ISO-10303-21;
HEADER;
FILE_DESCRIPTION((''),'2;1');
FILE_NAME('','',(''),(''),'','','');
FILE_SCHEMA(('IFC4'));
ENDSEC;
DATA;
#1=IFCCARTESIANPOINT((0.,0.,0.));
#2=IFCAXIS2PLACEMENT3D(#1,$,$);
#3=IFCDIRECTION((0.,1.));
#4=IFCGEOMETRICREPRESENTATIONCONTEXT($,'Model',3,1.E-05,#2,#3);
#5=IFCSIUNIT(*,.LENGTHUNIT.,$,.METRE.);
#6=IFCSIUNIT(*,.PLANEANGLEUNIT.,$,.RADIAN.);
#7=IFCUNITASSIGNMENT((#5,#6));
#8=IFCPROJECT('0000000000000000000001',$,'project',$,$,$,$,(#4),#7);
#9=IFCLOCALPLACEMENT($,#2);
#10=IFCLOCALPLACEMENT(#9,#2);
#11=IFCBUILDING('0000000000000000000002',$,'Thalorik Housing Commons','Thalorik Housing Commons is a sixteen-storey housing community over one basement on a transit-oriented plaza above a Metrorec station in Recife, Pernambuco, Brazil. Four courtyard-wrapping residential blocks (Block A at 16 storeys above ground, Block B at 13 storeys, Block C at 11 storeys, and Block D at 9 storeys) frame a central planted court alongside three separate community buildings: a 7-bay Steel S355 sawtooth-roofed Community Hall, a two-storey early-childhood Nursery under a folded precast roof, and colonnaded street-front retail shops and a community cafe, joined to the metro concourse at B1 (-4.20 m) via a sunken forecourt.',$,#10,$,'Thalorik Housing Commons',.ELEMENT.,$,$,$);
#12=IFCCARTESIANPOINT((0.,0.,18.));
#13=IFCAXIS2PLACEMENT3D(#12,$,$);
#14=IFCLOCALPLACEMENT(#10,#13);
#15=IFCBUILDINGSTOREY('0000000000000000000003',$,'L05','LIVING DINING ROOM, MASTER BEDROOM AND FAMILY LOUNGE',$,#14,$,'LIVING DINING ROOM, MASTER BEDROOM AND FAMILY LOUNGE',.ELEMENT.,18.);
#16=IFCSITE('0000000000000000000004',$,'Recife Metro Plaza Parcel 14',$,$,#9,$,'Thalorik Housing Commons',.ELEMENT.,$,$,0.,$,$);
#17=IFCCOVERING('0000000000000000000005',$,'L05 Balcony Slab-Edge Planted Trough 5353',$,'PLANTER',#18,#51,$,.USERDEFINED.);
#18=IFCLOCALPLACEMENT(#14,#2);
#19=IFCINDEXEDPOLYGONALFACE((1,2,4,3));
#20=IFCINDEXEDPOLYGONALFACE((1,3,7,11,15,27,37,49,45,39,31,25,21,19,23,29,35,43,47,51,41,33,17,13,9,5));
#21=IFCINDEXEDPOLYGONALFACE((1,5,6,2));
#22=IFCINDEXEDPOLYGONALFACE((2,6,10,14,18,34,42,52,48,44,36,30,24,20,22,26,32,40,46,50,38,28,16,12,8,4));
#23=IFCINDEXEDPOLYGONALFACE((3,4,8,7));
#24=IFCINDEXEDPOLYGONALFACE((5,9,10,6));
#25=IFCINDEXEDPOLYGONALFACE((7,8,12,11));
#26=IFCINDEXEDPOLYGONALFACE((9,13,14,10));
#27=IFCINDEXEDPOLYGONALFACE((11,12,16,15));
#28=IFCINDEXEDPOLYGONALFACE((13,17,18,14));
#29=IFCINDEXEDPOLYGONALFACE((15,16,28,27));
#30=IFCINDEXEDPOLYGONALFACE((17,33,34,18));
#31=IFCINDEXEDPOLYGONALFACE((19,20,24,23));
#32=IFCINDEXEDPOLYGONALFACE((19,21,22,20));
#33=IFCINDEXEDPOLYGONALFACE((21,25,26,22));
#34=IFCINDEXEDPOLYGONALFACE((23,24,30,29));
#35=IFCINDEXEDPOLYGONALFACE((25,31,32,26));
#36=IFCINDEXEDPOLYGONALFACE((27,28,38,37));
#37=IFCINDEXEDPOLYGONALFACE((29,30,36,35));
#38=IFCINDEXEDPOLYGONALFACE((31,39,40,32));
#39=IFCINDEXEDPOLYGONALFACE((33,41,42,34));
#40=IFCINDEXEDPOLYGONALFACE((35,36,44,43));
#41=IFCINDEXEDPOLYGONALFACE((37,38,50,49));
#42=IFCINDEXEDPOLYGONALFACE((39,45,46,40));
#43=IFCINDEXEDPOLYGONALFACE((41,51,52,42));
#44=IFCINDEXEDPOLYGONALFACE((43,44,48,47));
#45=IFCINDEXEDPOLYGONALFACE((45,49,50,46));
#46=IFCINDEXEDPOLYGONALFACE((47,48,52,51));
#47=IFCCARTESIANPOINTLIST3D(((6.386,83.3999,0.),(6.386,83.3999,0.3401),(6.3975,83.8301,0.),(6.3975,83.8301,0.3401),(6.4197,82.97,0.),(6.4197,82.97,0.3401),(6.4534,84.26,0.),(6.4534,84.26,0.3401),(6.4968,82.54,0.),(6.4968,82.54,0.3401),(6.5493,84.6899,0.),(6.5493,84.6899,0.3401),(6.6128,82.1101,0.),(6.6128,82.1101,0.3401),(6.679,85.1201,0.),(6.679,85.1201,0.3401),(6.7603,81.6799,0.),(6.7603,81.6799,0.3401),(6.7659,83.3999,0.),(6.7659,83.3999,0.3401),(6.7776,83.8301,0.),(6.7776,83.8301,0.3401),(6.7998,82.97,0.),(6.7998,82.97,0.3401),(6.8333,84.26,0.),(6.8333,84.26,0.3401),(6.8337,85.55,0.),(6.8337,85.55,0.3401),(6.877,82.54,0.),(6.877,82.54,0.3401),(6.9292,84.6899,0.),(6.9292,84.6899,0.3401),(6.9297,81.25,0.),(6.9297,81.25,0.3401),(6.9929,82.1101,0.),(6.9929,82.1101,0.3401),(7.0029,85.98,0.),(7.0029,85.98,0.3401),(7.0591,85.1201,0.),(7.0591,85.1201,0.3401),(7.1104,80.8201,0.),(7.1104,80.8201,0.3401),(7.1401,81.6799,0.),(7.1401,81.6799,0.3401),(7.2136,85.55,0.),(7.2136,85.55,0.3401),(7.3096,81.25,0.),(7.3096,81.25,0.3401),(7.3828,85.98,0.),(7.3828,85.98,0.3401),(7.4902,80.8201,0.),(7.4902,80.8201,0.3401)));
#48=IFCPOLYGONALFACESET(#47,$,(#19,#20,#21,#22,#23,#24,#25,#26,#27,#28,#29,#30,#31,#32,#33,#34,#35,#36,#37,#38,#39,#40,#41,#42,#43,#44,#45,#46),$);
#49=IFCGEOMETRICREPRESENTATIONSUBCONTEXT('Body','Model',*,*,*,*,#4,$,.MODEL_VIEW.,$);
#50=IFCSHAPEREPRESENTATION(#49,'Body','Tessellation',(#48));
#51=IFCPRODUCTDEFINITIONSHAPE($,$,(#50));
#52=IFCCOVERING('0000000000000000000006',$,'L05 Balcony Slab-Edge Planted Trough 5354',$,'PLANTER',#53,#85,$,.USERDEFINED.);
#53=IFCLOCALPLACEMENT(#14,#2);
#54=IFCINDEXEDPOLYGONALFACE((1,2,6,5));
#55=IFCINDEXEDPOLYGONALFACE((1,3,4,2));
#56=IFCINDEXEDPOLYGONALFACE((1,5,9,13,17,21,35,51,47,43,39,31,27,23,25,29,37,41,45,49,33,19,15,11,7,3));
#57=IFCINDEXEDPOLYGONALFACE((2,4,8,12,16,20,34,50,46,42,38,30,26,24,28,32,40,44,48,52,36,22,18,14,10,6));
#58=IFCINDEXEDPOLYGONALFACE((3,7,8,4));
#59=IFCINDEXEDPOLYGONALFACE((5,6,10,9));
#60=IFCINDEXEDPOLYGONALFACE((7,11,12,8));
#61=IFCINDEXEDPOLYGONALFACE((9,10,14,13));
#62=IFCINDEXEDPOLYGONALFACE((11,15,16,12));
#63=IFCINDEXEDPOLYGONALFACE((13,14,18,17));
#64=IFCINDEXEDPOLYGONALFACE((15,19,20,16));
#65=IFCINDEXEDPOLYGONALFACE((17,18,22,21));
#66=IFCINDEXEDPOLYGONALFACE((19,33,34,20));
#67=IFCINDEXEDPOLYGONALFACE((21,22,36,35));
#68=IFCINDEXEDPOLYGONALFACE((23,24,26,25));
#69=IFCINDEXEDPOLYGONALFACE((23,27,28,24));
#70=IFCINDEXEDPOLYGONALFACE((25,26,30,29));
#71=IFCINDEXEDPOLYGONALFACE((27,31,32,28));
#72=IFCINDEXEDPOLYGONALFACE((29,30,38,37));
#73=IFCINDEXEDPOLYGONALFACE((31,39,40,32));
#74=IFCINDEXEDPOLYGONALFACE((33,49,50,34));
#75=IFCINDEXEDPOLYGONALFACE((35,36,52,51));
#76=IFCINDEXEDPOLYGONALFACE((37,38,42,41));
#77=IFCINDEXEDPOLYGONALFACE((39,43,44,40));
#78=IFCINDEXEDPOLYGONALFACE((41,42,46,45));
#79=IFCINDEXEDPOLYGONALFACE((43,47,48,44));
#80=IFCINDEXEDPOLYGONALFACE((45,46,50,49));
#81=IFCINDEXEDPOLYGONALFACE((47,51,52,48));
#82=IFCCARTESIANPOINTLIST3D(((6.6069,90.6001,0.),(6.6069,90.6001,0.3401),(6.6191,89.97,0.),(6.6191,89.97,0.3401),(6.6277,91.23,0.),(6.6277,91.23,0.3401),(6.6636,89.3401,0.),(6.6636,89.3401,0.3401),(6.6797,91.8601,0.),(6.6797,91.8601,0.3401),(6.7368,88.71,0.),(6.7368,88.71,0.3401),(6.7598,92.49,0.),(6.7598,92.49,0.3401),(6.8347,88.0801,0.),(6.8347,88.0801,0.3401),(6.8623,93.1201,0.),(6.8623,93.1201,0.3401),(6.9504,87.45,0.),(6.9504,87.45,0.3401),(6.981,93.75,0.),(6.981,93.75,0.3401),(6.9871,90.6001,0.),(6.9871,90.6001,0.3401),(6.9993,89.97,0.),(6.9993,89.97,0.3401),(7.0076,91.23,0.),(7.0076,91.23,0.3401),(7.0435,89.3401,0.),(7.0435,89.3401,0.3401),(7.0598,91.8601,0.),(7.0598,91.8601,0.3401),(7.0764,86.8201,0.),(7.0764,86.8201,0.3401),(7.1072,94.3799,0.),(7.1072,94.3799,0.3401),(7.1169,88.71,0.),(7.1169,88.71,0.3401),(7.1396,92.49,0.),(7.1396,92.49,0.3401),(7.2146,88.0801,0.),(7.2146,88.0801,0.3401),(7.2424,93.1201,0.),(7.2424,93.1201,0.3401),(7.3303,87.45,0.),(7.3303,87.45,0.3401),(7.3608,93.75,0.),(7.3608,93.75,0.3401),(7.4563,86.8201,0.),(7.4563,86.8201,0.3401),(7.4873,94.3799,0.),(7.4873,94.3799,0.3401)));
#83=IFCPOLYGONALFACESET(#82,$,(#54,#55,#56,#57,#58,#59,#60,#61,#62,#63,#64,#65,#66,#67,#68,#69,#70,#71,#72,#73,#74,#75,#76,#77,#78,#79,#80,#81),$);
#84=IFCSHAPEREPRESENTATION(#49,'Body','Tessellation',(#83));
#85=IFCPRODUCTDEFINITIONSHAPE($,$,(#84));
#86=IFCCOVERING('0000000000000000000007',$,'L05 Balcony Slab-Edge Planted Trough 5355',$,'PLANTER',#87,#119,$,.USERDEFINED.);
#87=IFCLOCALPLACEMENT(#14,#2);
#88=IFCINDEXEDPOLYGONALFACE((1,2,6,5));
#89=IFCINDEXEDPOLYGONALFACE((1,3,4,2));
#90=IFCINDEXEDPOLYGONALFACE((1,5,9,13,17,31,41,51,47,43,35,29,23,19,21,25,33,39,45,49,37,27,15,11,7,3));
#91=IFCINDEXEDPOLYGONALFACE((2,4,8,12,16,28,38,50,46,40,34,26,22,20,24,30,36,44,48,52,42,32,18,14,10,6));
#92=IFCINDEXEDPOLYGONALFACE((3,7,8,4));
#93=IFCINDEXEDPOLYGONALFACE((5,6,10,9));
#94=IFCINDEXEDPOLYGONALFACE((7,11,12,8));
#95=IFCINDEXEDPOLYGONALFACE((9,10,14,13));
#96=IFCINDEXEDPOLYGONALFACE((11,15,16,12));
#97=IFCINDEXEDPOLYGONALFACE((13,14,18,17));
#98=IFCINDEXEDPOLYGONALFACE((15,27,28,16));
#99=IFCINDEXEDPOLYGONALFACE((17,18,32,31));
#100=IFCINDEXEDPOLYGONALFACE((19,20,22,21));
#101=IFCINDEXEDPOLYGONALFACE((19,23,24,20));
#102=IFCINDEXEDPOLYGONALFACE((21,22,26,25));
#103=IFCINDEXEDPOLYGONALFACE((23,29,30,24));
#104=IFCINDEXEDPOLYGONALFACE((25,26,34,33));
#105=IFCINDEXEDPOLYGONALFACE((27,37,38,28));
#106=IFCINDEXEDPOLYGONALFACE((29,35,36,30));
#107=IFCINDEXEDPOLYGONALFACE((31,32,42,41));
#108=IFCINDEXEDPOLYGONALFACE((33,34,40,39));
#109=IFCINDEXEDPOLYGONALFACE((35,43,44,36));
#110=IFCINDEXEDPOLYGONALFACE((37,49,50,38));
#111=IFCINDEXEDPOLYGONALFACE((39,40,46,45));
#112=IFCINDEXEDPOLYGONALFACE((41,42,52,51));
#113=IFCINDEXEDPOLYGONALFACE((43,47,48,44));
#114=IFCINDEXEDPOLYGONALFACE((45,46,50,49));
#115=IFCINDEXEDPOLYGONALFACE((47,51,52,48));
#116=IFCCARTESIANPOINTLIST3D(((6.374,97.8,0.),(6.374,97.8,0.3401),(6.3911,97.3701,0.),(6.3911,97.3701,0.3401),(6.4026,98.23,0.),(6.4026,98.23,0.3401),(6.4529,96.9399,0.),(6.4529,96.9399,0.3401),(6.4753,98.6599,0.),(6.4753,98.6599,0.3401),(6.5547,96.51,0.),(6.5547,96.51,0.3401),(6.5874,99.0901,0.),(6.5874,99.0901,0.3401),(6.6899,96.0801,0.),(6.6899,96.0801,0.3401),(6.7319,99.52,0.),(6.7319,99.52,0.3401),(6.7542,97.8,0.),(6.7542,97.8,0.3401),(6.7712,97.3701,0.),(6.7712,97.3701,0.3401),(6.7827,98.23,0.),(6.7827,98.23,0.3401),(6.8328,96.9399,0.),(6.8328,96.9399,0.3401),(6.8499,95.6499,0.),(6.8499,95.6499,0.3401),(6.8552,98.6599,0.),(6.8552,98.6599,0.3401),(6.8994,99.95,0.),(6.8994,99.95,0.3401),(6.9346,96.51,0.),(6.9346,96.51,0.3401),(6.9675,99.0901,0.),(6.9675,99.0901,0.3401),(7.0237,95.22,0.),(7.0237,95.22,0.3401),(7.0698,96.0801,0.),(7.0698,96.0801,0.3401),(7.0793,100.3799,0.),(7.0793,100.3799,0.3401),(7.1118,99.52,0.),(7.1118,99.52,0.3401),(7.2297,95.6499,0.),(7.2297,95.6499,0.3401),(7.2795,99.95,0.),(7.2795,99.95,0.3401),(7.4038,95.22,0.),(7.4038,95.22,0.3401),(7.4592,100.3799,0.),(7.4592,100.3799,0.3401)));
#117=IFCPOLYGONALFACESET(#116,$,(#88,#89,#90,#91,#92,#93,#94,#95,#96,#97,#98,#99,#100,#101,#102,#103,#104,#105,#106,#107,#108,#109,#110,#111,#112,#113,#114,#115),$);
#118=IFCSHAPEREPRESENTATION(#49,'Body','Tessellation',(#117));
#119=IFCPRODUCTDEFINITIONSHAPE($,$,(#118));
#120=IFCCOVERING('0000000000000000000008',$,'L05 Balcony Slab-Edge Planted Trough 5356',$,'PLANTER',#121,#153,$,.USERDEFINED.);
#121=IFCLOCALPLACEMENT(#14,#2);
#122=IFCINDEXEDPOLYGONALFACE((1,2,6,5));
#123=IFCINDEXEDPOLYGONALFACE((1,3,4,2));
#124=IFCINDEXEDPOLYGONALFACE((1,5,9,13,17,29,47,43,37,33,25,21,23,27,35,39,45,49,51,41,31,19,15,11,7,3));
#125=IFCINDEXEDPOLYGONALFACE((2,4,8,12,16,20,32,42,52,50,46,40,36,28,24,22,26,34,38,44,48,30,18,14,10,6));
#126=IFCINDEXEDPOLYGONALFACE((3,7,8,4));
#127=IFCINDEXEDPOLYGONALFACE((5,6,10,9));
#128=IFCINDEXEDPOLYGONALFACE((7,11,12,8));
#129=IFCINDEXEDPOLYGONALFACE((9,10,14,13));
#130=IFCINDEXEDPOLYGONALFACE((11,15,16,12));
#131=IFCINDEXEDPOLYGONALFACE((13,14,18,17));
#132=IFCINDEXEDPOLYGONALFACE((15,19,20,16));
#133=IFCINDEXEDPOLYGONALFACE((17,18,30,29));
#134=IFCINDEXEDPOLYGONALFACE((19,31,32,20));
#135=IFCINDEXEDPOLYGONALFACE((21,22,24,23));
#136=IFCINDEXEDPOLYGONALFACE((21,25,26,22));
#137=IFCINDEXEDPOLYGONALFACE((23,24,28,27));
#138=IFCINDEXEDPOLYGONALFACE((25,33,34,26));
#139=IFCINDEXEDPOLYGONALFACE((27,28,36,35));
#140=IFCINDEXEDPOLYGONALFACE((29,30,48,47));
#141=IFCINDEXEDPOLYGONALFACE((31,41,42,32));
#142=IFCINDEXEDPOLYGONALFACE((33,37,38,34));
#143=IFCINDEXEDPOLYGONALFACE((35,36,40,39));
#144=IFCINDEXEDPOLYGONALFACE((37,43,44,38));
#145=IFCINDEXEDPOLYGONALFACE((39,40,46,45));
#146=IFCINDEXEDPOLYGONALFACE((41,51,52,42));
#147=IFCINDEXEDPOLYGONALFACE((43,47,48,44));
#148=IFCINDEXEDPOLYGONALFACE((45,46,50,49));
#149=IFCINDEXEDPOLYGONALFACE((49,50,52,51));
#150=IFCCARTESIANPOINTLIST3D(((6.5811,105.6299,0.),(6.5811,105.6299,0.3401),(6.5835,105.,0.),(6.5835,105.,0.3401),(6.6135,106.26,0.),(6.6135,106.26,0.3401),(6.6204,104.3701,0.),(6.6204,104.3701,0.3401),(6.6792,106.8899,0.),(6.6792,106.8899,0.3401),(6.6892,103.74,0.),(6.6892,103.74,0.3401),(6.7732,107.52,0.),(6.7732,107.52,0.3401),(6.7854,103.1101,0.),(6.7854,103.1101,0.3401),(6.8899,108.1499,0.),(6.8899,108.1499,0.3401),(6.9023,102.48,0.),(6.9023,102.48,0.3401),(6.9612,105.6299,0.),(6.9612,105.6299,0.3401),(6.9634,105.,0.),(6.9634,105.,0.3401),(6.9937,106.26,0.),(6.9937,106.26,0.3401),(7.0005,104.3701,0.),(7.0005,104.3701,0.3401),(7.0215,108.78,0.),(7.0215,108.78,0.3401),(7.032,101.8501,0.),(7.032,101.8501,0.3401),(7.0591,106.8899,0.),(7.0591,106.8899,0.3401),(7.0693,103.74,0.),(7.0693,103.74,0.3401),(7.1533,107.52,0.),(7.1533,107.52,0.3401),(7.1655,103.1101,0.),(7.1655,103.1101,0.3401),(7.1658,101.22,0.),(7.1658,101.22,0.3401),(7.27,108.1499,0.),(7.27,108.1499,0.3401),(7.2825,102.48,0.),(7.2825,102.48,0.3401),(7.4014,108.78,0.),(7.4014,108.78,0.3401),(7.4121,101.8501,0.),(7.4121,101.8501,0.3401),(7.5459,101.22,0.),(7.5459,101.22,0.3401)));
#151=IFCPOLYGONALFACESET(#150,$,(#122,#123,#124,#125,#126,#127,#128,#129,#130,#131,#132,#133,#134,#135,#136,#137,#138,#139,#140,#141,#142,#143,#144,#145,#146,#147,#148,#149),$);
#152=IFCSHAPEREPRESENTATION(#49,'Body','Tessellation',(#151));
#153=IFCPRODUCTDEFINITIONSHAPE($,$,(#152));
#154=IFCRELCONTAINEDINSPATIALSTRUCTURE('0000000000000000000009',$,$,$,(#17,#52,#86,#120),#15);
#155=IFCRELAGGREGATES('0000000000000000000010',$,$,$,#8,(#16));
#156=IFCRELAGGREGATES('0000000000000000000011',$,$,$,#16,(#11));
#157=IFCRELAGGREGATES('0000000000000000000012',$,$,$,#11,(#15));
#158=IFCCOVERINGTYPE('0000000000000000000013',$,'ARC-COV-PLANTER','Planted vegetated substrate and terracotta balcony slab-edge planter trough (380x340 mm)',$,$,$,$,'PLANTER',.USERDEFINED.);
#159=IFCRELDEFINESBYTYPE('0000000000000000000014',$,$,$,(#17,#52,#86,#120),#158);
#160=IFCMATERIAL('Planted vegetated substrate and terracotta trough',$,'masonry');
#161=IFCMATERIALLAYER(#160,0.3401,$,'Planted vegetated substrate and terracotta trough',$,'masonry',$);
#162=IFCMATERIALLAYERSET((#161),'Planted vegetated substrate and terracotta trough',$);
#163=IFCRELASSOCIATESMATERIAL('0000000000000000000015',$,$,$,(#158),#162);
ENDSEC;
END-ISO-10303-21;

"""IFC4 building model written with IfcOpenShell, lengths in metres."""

from ifc_helpers import new_model, si_unit, direction, frame, origin, place, context, subcontext, project, spatial, polyline, outline, extrude, material, layer, layer_set, type_object, element, save


model = new_model("IFC4")

# Units and contexts
model_context = context("Model", 3, precision=1e-05, world=origin(), true_north=direction((0.0, 1.0)))
body_context = subcontext(model_context, "Body", "Model", "MODEL_VIEW")
ifc_project = project(units=[si_unit("LENGTHUNIT", "METRE"), si_unit("PLANEANGLEUNIT", "RADIAN")], contexts=[model_context])

# Site, building, storey
site_placement = place(None, origin())
site = spatial("IfcSite", under=ifc_project, at=site_placement, Name="Recife Metro Plaza Parcel 14", LongName="Thalorik Housing Commons", CompositionType="ELEMENT", RefElevation=0.0)
building_placement = place(site_placement, origin())
building = spatial("IfcBuilding", under=site, at=building_placement, Name="Thalorik Housing Commons", Description="Thalorik Housing Commons is a sixteen-storey housing community over one basement on a transit-oriented plaza above a Metrorec station in Recife, Pernambuco, Brazil. Four courtyard-wrapping residential blocks (Block A at 16 storeys above ground, Block B at 13 storeys, Block C at 11 storeys, and Block D at 9 storeys) frame a central planted court alongside three separate community buildings: a 7-bay Steel S355 sawtooth-roofed Community Hall, a two-storey early-childhood Nursery under a folded precast roof, and colonnaded street-front retail shops and a community cafe, joined to the metro concourse at B1 (-4.20 m) via a sunken forecourt.", LongName="Thalorik Housing Commons", CompositionType="ELEMENT")
storey_placement = place(building_placement, frame((0.0, 0.0, 18.0)))
storey = spatial("IfcBuildingStorey", under=building, at=storey_placement, Name="L05", Description="LIVING DINING ROOM, MASTER BEDROOM AND FAMILY LOUNGE", LongName="LIVING DINING ROOM, MASTER BEDROOM AND FAMILY LOUNGE", CompositionType="ELEMENT", Elevation=18.0)

# Coverings
ifc_material = material(Name="Planted vegetated substrate and terracotta trough", Category="masonry")
ifc_layer = layer(ifc_material, 0.3401, Name="Planted vegetated substrate and terracotta trough", Category="masonry")
ifc_layer_set = layer_set([ifc_layer], Name="Planted vegetated substrate and terracotta trough")
covering_type = type_object("IfcCoveringType", Name="ARC-COV-PLANTER", Description="Planted vegetated substrate and terracotta balcony slab-edge planter trough (380x340 mm)", ElementType="PLANTER", PredefinedType="USERDEFINED", material=ifc_layer_set)
covering_1_placement = place(storey_placement, origin())
element("IfcCovering", 1, at=covering_1_placement, inside=storey, type_object=covering_type, Name="L05 Balcony Slab-Edge Planted Trough 5353", ObjectType="PLANTER", PredefinedType="USERDEFINED", context=body_context, shape_type="SweptSolid", body=[
    extrude(outline(polyline([(7.0029, 85.98), (6.8337, 85.55), (6.679, 85.1201), (6.5493, 84.6899), (6.4534, 84.26), (6.3975, 83.8301), (6.386, 83.3999), (6.4197, 82.97), (6.4968, 82.54), (6.6128, 82.1101), (6.7603, 81.6799), (6.9297, 81.25), (7.1104, 80.8201), (7.4902, 80.8201), (7.3096, 81.25), (7.1401, 81.6799), (6.9929, 82.1101), (6.877, 82.54), (6.7998, 82.97), (6.7659, 83.3999), (6.7776, 83.8301), (6.8333, 84.26), (6.9292, 84.6899), (7.0591, 85.1201), (7.2136, 85.55), (7.3828, 85.98), (7.0029, 85.98)])), origin(), (0.0, 0.0, 1.0), 0.3401),
])
covering_2_placement = place(storey_placement, origin())
element("IfcCovering", 2, at=covering_2_placement, inside=storey, type_object=covering_type, Name="L05 Balcony Slab-Edge Planted Trough 5354", ObjectType="PLANTER", PredefinedType="USERDEFINED", context=body_context, shape_type="SweptSolid", body=[
    extrude(outline(polyline([(7.1072, 94.3799), (6.981, 93.75), (6.8623, 93.1201), (6.7598, 92.49), (6.6797, 91.8601), (6.6277, 91.23), (6.6069, 90.6001), (6.6191, 89.97), (6.6636, 89.3401), (6.7368, 88.71), (6.8347, 88.0801), (6.9504, 87.45), (7.0764, 86.8201), (7.4563, 86.8201), (7.3303, 87.45), (7.2146, 88.0801), (7.1169, 88.71), (7.0435, 89.3401), (6.9993, 89.97), (6.9871, 90.6001), (7.0076, 91.23), (7.0598, 91.8601), (7.1396, 92.49), (7.2424, 93.1201), (7.3608, 93.75), (7.4873, 94.3799), (7.1072, 94.3799)])), origin(), (0.0, 0.0, 1.0), 0.3401),
])
covering_3_placement = place(storey_placement, origin())
element("IfcCovering", 3, at=covering_3_placement, inside=storey, type_object=covering_type, Name="L05 Balcony Slab-Edge Planted Trough 5355", ObjectType="PLANTER", PredefinedType="USERDEFINED", context=body_context, shape_type="SweptSolid", body=[
    extrude(outline(polyline([(7.0793, 100.3799), (6.8994, 99.95), (6.7319, 99.52), (6.5874, 99.0901), (6.4753, 98.6599), (6.4026, 98.23), (6.374, 97.8), (6.3911, 97.3701), (6.4529, 96.9399), (6.5547, 96.51), (6.6899, 96.0801), (6.8499, 95.6499), (7.0237, 95.22), (7.4038, 95.22), (7.2297, 95.6499), (7.0698, 96.0801), (6.9346, 96.51), (6.8328, 96.9399), (6.7712, 97.3701), (6.7542, 97.8), (6.7827, 98.23), (6.8552, 98.6599), (6.9675, 99.0901), (7.1118, 99.52), (7.2795, 99.95), (7.4592, 100.3799), (7.0793, 100.3799)])), origin(), (0.0, 0.0, 1.0), 0.3401),
])
covering_4_placement = place(storey_placement, origin())
element("IfcCovering", 4, at=covering_4_placement, inside=storey, type_object=covering_type, Name="L05 Balcony Slab-Edge Planted Trough 5356", ObjectType="PLANTER", PredefinedType="USERDEFINED", context=body_context, shape_type="SweptSolid", body=[
    extrude(outline(polyline([(7.0215, 108.78), (6.8899, 108.1499), (6.7732, 107.52), (6.6792, 106.8899), (6.6135, 106.26), (6.5811, 105.6299), (6.5835, 105.0), (6.6204, 104.3701), (6.6892, 103.74), (6.7854, 103.1101), (6.9023, 102.48), (7.032, 101.8501), (7.1658, 101.22), (7.5459, 101.22), (7.4121, 101.8501), (7.2825, 102.48), (7.1655, 103.1101), (7.0693, 103.74), (7.0005, 104.3701), (6.9634, 105.0), (6.9612, 105.6299), (6.9937, 106.26), (7.0591, 106.8899), (7.1533, 107.52), (7.27, 108.1499), (7.4014, 108.78), (7.0215, 108.78)])), origin(), (0.0, 0.0, 1.0), 0.3401),
])

save(model, "model.ifc")
